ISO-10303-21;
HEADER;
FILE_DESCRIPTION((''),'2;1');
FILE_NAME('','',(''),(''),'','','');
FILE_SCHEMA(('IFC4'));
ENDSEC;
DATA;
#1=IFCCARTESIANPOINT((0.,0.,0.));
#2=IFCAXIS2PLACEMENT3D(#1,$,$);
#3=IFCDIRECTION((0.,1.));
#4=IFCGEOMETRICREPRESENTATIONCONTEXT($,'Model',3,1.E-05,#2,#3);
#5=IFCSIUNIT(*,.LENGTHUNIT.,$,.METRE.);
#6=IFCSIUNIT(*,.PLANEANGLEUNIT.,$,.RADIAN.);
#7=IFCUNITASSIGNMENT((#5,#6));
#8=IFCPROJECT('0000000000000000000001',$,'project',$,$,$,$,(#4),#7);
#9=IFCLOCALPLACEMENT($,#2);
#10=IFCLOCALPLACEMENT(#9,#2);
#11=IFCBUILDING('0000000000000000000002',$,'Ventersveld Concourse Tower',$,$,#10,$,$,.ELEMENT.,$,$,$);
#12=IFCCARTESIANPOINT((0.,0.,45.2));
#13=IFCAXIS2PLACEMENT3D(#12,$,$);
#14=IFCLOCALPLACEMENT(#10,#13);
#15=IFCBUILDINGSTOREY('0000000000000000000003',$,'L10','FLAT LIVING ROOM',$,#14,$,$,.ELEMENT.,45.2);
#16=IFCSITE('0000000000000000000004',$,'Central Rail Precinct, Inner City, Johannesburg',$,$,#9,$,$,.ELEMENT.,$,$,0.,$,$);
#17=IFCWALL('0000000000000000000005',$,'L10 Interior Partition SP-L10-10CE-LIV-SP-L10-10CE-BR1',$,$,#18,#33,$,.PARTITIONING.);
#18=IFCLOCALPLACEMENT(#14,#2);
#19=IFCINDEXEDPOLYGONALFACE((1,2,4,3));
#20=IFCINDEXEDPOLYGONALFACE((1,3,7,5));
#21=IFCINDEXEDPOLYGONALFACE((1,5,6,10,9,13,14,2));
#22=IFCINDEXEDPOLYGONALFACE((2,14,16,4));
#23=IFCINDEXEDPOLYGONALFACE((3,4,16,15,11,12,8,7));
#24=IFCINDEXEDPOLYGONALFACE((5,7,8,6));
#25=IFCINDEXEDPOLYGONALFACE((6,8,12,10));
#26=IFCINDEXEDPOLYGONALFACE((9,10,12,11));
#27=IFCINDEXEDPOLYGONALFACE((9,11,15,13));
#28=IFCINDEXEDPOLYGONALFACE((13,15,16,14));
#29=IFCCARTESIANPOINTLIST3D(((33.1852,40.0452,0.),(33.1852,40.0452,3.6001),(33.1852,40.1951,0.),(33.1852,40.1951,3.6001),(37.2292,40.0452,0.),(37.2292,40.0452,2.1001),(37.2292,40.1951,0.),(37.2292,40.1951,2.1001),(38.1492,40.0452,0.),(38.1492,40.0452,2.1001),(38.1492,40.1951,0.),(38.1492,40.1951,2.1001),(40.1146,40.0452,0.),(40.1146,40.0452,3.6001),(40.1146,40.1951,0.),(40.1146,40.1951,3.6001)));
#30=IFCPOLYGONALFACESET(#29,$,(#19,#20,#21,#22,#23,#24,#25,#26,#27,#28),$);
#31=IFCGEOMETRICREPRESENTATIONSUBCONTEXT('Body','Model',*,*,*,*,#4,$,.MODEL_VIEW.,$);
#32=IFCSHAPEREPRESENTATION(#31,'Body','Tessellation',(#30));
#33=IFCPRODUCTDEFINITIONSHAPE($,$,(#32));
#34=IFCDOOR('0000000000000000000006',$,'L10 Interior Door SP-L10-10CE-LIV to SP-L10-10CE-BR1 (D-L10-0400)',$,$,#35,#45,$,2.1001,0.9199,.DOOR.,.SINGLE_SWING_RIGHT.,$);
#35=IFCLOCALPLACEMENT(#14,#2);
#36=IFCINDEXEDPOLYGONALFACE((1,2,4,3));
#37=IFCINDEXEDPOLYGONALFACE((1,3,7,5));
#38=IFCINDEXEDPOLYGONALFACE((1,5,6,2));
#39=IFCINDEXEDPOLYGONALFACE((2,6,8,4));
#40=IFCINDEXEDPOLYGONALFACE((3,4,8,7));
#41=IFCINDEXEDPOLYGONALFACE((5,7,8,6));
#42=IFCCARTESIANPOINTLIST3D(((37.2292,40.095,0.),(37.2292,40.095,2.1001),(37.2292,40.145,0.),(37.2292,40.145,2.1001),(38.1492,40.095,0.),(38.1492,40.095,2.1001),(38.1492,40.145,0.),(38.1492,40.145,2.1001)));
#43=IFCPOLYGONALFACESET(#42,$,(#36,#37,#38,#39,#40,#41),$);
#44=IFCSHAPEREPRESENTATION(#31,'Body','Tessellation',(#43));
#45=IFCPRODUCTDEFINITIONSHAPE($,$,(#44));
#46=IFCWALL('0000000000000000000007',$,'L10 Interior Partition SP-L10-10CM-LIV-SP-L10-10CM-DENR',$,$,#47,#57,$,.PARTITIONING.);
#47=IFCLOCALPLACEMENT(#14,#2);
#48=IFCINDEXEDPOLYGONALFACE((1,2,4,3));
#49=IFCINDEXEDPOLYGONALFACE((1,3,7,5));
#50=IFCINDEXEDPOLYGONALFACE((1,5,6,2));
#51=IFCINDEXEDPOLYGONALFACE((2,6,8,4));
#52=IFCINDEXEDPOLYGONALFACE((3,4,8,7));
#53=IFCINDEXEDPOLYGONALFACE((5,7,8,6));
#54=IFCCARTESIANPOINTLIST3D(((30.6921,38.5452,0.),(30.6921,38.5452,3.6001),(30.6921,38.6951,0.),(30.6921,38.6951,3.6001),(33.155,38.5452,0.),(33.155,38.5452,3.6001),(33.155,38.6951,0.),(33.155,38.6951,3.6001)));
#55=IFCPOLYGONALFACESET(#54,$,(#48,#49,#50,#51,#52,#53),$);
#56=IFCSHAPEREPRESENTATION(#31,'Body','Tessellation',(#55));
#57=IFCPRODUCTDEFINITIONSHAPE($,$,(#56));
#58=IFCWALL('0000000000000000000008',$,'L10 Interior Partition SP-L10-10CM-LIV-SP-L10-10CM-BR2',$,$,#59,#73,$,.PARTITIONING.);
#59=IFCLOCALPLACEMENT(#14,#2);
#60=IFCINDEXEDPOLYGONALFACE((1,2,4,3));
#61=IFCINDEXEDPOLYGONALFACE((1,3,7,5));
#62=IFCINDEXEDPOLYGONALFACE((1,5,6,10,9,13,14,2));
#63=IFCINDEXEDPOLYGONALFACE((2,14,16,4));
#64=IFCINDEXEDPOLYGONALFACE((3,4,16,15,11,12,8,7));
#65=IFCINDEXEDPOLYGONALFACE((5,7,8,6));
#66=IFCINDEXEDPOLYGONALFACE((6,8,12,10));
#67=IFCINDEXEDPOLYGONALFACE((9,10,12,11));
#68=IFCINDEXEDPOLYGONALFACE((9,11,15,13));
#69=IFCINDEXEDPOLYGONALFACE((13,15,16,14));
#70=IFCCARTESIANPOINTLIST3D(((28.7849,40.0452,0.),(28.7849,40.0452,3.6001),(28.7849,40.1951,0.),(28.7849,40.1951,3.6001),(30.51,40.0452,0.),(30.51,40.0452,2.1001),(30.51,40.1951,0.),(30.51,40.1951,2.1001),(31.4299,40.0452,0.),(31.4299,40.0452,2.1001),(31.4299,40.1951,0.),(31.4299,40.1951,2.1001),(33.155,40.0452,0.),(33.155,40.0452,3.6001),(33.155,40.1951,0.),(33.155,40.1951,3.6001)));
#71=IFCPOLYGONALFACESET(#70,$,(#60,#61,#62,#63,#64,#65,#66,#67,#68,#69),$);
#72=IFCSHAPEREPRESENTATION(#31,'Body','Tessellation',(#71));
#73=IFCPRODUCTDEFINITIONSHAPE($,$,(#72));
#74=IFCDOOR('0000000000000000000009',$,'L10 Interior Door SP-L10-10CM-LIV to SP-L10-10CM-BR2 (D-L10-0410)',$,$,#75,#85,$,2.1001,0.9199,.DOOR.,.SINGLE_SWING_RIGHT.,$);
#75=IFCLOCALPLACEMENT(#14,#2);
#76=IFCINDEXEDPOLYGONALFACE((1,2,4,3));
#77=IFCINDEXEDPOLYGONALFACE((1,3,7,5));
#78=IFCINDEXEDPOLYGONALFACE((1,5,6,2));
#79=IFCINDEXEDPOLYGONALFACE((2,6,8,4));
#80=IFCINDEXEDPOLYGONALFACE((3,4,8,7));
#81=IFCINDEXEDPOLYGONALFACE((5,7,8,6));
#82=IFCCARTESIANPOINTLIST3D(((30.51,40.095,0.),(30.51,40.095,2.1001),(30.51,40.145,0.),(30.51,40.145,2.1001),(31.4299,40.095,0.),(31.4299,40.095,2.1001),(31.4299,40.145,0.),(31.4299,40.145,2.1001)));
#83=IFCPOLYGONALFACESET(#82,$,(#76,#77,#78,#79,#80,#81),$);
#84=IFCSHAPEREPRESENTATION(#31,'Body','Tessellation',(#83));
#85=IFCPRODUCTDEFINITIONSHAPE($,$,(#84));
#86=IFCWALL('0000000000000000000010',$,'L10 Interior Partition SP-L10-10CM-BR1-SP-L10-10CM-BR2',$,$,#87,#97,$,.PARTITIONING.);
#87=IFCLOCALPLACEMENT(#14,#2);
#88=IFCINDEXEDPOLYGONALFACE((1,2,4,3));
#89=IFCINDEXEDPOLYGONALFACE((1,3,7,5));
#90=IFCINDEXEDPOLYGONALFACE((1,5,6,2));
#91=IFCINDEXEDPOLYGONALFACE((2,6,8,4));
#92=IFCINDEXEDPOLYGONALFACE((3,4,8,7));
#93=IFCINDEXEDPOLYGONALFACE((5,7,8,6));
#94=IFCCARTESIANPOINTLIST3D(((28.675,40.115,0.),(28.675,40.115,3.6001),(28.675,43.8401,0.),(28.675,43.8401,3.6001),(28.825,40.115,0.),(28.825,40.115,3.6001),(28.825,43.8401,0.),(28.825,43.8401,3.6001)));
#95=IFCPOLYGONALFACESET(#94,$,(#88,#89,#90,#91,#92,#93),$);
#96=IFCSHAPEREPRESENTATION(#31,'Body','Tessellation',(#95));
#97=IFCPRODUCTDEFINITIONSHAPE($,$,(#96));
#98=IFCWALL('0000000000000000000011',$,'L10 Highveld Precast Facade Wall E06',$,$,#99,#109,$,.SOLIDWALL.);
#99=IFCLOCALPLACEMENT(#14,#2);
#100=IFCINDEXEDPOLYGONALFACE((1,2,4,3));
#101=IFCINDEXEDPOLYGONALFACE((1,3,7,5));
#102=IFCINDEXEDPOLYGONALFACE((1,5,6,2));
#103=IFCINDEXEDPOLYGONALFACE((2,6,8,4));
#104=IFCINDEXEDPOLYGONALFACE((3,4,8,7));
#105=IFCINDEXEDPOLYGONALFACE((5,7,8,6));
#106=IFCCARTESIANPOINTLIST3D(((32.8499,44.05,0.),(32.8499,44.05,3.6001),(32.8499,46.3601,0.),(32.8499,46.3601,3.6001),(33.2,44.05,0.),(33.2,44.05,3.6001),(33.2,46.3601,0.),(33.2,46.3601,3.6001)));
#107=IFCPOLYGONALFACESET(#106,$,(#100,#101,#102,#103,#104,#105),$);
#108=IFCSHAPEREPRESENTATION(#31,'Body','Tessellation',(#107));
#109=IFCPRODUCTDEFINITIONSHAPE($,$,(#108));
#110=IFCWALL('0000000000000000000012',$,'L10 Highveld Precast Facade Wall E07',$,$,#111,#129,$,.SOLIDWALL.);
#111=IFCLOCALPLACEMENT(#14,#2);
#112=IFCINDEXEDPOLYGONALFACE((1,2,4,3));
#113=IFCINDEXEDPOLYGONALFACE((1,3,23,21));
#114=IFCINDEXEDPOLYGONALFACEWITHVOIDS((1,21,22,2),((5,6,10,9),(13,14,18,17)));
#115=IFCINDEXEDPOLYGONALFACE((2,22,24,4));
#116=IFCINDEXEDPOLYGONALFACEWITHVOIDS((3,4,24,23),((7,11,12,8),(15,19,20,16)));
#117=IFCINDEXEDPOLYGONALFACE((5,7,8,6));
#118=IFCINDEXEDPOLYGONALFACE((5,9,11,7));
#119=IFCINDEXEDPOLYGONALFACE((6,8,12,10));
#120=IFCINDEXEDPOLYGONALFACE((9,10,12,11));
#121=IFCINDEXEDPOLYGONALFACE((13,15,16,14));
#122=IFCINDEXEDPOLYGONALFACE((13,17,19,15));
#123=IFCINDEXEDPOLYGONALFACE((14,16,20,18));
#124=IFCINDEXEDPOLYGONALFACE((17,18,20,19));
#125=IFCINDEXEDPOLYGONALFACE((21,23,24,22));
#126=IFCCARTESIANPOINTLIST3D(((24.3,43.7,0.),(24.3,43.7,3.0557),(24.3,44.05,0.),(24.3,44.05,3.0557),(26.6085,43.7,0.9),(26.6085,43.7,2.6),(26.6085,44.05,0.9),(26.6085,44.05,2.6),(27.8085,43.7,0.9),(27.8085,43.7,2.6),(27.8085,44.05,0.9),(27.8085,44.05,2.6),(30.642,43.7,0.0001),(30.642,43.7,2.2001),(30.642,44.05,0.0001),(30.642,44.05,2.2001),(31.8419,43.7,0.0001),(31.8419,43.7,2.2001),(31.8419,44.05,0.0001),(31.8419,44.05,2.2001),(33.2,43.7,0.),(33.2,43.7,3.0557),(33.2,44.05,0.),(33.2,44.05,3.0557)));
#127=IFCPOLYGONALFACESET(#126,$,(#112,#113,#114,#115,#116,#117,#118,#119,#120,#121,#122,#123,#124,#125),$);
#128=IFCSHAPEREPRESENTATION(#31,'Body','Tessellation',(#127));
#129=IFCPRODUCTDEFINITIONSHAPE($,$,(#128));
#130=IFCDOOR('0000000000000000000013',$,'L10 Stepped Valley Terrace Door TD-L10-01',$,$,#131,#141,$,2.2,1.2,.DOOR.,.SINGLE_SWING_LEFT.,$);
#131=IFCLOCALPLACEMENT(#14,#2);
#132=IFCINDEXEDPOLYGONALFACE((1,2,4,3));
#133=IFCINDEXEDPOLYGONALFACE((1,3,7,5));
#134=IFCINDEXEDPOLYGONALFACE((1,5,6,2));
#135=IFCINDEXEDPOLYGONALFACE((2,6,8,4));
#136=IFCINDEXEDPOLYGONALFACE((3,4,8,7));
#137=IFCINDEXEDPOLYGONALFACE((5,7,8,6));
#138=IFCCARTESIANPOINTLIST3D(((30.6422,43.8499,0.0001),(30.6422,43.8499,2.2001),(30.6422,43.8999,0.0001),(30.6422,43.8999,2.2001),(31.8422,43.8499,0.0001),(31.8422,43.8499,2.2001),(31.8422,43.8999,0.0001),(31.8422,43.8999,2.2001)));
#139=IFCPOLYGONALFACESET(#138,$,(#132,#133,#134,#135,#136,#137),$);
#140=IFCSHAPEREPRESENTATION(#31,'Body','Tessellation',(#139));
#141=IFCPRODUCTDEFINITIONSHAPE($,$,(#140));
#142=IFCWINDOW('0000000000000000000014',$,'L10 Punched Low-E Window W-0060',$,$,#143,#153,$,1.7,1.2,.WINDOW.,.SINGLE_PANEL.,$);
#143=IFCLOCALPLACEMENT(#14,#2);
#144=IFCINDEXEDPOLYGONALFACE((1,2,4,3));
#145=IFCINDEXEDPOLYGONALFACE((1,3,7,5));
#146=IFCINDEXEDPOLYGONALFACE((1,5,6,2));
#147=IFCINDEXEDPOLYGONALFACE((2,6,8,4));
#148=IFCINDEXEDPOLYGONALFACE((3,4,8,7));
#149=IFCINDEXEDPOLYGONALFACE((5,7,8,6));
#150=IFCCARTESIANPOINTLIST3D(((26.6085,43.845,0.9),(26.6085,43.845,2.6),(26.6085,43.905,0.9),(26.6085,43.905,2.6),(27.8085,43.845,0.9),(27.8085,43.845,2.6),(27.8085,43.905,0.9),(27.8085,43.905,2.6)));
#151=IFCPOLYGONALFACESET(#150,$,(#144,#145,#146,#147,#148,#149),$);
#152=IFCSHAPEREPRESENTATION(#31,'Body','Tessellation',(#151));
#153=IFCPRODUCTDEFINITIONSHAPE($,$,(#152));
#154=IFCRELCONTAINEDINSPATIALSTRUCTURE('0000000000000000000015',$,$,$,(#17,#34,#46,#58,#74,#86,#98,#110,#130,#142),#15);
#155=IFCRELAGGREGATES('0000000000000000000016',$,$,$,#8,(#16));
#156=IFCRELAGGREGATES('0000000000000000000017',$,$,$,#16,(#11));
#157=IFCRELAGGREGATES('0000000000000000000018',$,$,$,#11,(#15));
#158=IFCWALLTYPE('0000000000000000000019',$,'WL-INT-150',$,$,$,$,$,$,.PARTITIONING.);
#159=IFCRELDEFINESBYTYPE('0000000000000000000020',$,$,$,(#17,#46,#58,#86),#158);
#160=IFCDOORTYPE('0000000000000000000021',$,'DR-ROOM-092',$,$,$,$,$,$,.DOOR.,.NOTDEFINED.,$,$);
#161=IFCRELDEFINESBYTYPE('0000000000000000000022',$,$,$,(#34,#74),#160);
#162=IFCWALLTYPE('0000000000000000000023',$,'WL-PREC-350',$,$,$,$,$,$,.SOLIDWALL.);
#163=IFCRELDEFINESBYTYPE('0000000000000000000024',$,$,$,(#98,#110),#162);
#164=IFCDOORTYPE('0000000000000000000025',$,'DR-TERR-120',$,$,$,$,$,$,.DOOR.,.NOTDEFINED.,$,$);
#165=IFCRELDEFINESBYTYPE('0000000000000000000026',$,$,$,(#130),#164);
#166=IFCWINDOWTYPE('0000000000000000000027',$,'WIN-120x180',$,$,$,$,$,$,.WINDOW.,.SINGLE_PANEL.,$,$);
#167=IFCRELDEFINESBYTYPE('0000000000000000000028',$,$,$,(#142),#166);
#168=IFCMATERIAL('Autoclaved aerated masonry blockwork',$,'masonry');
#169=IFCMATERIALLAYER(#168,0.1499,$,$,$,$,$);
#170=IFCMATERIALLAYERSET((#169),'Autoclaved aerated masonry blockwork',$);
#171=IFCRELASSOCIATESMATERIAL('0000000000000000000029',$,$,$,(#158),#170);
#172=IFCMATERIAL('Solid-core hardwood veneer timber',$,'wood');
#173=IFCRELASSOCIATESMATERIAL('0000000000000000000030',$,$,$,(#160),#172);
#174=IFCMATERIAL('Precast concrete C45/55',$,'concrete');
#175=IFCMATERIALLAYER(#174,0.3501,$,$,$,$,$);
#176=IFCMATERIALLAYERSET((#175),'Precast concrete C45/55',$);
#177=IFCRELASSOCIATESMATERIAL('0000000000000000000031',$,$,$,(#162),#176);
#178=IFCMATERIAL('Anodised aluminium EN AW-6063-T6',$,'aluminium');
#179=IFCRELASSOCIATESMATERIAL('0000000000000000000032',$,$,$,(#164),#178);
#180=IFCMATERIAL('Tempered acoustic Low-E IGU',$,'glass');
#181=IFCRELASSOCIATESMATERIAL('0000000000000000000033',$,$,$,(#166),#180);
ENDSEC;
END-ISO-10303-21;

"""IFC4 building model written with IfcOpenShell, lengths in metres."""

from ifc_helpers import new_model, si_unit, direction, frame, frame_2d, origin, place, context, subcontext, project, spatial, rectangle, extrude, material, layer, layer_set, type_object, element, fill, save


model = new_model("IFC4")

# Units and contexts
model_context = context("Model", 3, precision=1e-05, world=origin(), true_north=direction((0.0, 1.0)))
body_context = subcontext(model_context, "Body", "Model", "MODEL_VIEW")
ifc_project = project(units=[si_unit("LENGTHUNIT", "METRE"), si_unit("PLANEANGLEUNIT", "RADIAN")], contexts=[model_context])

# Site, building, storey
site_placement = place(None, origin())
site = spatial("IfcSite", under=ifc_project, at=site_placement, Name="Central Rail Precinct, Inner City, Johannesburg", CompositionType="ELEMENT", RefElevation=0.0)
building_placement = place(site_placement, origin())
building = spatial("IfcBuilding", under=site, at=building_placement, Name="Ventersveld Concourse Tower", CompositionType="ELEMENT")
storey_placement = place(building_placement, frame((0.0, 0.0, 45.2)))
storey = spatial("IfcBuildingStorey", under=building, at=storey_placement, Name="L10", Description="FLAT LIVING ROOM", CompositionType="ELEMENT", Elevation=45.2)

# Shared definitions
ifc_material_1 = material(Name="Autoclaved aerated masonry blockwork", Category="masonry")
ifc_layer_1 = layer(ifc_material_1, 0.1499)
ifc_layer_set_1 = layer_set([ifc_layer_1], Name="Autoclaved aerated masonry blockwork")
wall_type_1 = type_object("IfcWallType", Name="WL-INT-150", PredefinedType="PARTITIONING", material=ifc_layer_set_1)

# Wall, opening, door
wall_1_placement = place(storey_placement, frame((33.1851, 40.1201, 0.0), z_axis=(0.0, 0.0, 1.0), x_axis=(1.0, 0.0, 0.0)))
wall_1 = element("IfcWall", 1, at=wall_1_placement, inside=storey, type_object=wall_type_1, Name="L10 Interior Partition SP-L10-10CE-LIV-SP-L10-10CE-BR1", PredefinedType="PARTITIONING", context=body_context, shape_type="SweptSolid", body=[
    extrude(rectangle(XDim=6.9294, YDim=0.1499, at=frame_2d((3.4648, 0.0))), origin(), (0.0, 0.0, 1.0), 3.6001),
])
opening_1_placement = place(wall_1_placement, frame((4.0442, 0.0, 0.0)))
opening_1 = element("IfcOpeningElement", 2, at=opening_1_placement, cuts=wall_1, PredefinedType="OPENING", context=body_context, shape_type="SweptSolid", body=[
    extrude(rectangle(XDim=0.9199, YDim=2.1001, at=frame_2d((0.46, 1.05))), frame((0.0, 0.085, 0.0), z_axis=(0.0, -1.0, 0.0), x_axis=(1.0, 0.0, 0.0)), (0.0, 0.0, 1.0), 0.1699),
])
ifc_material_2 = material(Name="Solid-core hardwood veneer timber", Category="wood")
door_type_1 = type_object("IfcDoorType", Name="DR-ROOM-092", OperationType="NOTDEFINED", PredefinedType="DOOR", material=ifc_material_2)
door_1_placement = place(opening_1_placement, origin())
door_1 = element("IfcDoor", 3, at=door_1_placement, inside=storey, type_object=door_type_1, Name="L10 Interior Door SP-L10-10CE-LIV to SP-L10-10CE-BR1 (D-L10-0400)", OperationType="SINGLE_SWING_RIGHT", OverallHeight=2.1001, OverallWidth=0.9199, PredefinedType="DOOR", context=body_context, shape_type="SweptSolid", body=[
    extrude(rectangle(XDim=0.9199, YDim=2.1001, at=frame_2d((0.46, 1.05))), frame((0.0, 0.0249, 0.0), z_axis=(0.0, -1.0, 0.0), x_axis=(1.0, 0.0, 0.0)), (0.0, 0.0, 1.0), 0.05),
])
fill(opening_1, door_1)

# Wall
wall_2_placement = place(storey_placement, frame((30.6921, 38.6201, 0.0), z_axis=(0.0, 0.0, 1.0), x_axis=(1.0, 0.0, 0.0)))
element("IfcWall", 4, at=wall_2_placement, inside=storey, type_object=wall_type_1, Name="L10 Interior Partition SP-L10-10CM-LIV-SP-L10-10CM-DENR", PredefinedType="PARTITIONING", context=body_context, shape_type="SweptSolid", body=[
    extrude(rectangle(XDim=2.4629, YDim=0.1499, at=frame_2d((1.2314, 0.0))), origin(), (0.0, 0.0, 1.0), 3.6001),
])

# Wall, opening, door
wall_3_placement = place(storey_placement, frame((28.7849, 40.1201, 0.0), z_axis=(0.0, 0.0, 1.0), x_axis=(1.0, 0.0, 0.0)))
wall_3 = element("IfcWall", 5, at=wall_3_placement, inside=storey, type_object=wall_type_1, Name="L10 Interior Partition SP-L10-10CM-LIV-SP-L10-10CM-BR2", PredefinedType="PARTITIONING", context=body_context, shape_type="SweptSolid", body=[
    extrude(rectangle(XDim=4.3701, YDim=0.1499, at=frame_2d((2.1851, 0.0))), origin(), (0.0, 0.0, 1.0), 3.6001),
])
opening_2_placement = place(wall_3_placement, frame((1.7251, 0.0, 0.0)))
opening_2 = element("IfcOpeningElement", 6, at=opening_2_placement, cuts=wall_3, PredefinedType="OPENING", context=body_context, shape_type="SweptSolid", body=[
    extrude(rectangle(XDim=0.9199, YDim=2.1001, at=frame_2d((0.46, 1.05))), frame((0.0, 0.085, 0.0), z_axis=(0.0, -1.0, 0.0), x_axis=(1.0, 0.0, 0.0)), (0.0, 0.0, 1.0), 0.1699),
])
door_2_placement = place(opening_2_placement, origin())
door_2 = element("IfcDoor", 7, at=door_2_placement, inside=storey, type_object=door_type_1, Name="L10 Interior Door SP-L10-10CM-LIV to SP-L10-10CM-BR2 (D-L10-0410)", OperationType="SINGLE_SWING_RIGHT", OverallHeight=2.1001, OverallWidth=0.9199, PredefinedType="DOOR", context=body_context, shape_type="SweptSolid", body=[
    extrude(rectangle(XDim=0.9199, YDim=2.1001, at=frame_2d((0.46, 1.05))), frame((0.0, 0.0249, 0.0), z_axis=(0.0, -1.0, 0.0), x_axis=(1.0, 0.0, 0.0)), (0.0, 0.0, 1.0), 0.05),
])
fill(opening_2, door_2)

# Walls
wall_4_placement = place(storey_placement, frame((28.75, 40.115, 0.0), z_axis=(0.0, 0.0, 1.0), x_axis=(0.0, 1.0, 0.0)))
element("IfcWall", 8, at=wall_4_placement, inside=storey, type_object=wall_type_1, Name="L10 Interior Partition SP-L10-10CM-BR1-SP-L10-10CM-BR2", PredefinedType="PARTITIONING", context=body_context, shape_type="SweptSolid", body=[
    extrude(rectangle(XDim=3.7251, YDim=0.1499, at=frame_2d((1.8625, 0.0))), origin(), (0.0, 0.0, 1.0), 3.6001),
])
ifc_material_3 = material(Name="Precast concrete C45/55", Category="concrete")
ifc_layer_2 = layer(ifc_material_3, 0.3501)
ifc_layer_set_2 = layer_set([ifc_layer_2], Name="Precast concrete C45/55")
wall_type_2 = type_object("IfcWallType", Name="WL-PREC-350", PredefinedType="SOLIDWALL", material=ifc_layer_set_2)
wall_5_placement = place(storey_placement, frame((33.0249, 46.3601, 0.0), z_axis=(0.0, 0.0, 1.0), x_axis=(0.0, -1.0, 0.0)))
element("IfcWall", 9, at=wall_5_placement, inside=storey, type_object=wall_type_2, Name="L10 Highveld Precast Facade Wall E06", PredefinedType="SOLIDWALL", context=body_context, shape_type="SweptSolid", body=[
    extrude(rectangle(XDim=2.3101, YDim=0.3501, at=frame_2d((1.155, 0.0))), origin(), (0.0, 0.0, 1.0), 3.6001),
])

# Wall, openings, door, window
wall_6_placement = place(storey_placement, frame((33.2, 43.875, 0.0), z_axis=(0.0, 0.0, 1.0), x_axis=(-1.0, 0.0, 0.0)))
wall_6 = element("IfcWall", 10, at=wall_6_placement, inside=storey, type_object=wall_type_2, Name="L10 Highveld Precast Facade Wall E07", PredefinedType="SOLIDWALL", context=body_context, shape_type="SweptSolid", body=[
    extrude(rectangle(XDim=8.8999, YDim=0.3501, at=frame_2d((4.45, 0.0))), origin(), (0.0, 0.0, 1.0), 3.0557),
])
opening_3_placement = place(wall_6_placement, frame((1.3579, 0.0, 0.0)))
opening_3 = element("IfcOpeningElement", 11, at=opening_3_placement, cuts=wall_6, PredefinedType="OPENING", context=body_context, shape_type="SweptSolid", body=[
    extrude(rectangle(XDim=1.2, YDim=2.2, at=frame_2d((0.6001, 1.1001))), frame((0.0, 0.1851, 0.0), z_axis=(0.0, -1.0, 0.0), x_axis=(1.0, 0.0, 0.0)), (0.0, 0.0, 1.0), 0.3701),
])
opening_4_placement = place(wall_6_placement, frame((5.3914, 0.0, 0.8999)))
opening_4 = element("IfcOpeningElement", 12, at=opening_4_placement, cuts=wall_6, PredefinedType="OPENING", context=body_context, shape_type="SweptSolid", body=[
    extrude(rectangle(XDim=1.2, YDim=1.7, at=frame_2d((0.6001, 0.8501))), frame((0.0, 0.1851, 0.0), z_axis=(0.0, -1.0, 0.0), x_axis=(1.0, 0.0, 0.0)), (0.0, 0.0, 1.0), 0.3701),
])
ifc_material_4 = material(Name="Anodised aluminium EN AW-6063-T6", Category="aluminium")
door_type_2 = type_object("IfcDoorType", Name="DR-TERR-120", OperationType="NOTDEFINED", PredefinedType="DOOR", material=ifc_material_4)
door_3_placement = place(opening_3_placement, frame((1.2, 0.0, 0.0), z_axis=(0.0, 0.0, 1.0), x_axis=(-1.0, 0.0, 0.0)))
door_3 = element("IfcDoor", 13, at=door_3_placement, inside=storey, type_object=door_type_2, Name="L10 Stepped Valley Terrace Door TD-L10-01", OperationType="SINGLE_SWING_LEFT", OverallHeight=2.2, OverallWidth=1.2, PredefinedType="DOOR", context=body_context, shape_type="SweptSolid", body=[
    extrude(rectangle(XDim=1.2, YDim=2.2, at=frame_2d((0.6001, 1.1001))), frame((0.0, 0.0249, 0.0), z_axis=(0.0, -1.0, 0.0), x_axis=(1.0, 0.0, 0.0)), (0.0, 0.0, 1.0), 0.05),
])
fill(opening_3, door_3)
ifc_material_5 = material(Name="Tempered acoustic Low-E IGU", Category="glass")
window_type = type_object("IfcWindowType", Name="WIN-120x180", PartitioningType="SINGLE_PANEL", PredefinedType="WINDOW", material=ifc_material_5)
window_placement = place(opening_4_placement, origin())
window = element("IfcWindow", 14, at=window_placement, inside=storey, type_object=window_type, Name="L10 Punched Low-E Window W-0060", OverallHeight=1.7, OverallWidth=1.2, PartitioningType="SINGLE_PANEL", PredefinedType="WINDOW", context=body_context, shape_type="SweptSolid", body=[
    extrude(rectangle(XDim=1.2, YDim=1.7, at=frame_2d((0.6001, 0.8501))), frame((0.0, 0.03, 0.0), z_axis=(0.0, -1.0, 0.0), x_axis=(1.0, 0.0, 0.0)), (0.0, 0.0, 1.0), 0.0601),
])
fill(opening_4, window)

save(model, "model.ifc")
